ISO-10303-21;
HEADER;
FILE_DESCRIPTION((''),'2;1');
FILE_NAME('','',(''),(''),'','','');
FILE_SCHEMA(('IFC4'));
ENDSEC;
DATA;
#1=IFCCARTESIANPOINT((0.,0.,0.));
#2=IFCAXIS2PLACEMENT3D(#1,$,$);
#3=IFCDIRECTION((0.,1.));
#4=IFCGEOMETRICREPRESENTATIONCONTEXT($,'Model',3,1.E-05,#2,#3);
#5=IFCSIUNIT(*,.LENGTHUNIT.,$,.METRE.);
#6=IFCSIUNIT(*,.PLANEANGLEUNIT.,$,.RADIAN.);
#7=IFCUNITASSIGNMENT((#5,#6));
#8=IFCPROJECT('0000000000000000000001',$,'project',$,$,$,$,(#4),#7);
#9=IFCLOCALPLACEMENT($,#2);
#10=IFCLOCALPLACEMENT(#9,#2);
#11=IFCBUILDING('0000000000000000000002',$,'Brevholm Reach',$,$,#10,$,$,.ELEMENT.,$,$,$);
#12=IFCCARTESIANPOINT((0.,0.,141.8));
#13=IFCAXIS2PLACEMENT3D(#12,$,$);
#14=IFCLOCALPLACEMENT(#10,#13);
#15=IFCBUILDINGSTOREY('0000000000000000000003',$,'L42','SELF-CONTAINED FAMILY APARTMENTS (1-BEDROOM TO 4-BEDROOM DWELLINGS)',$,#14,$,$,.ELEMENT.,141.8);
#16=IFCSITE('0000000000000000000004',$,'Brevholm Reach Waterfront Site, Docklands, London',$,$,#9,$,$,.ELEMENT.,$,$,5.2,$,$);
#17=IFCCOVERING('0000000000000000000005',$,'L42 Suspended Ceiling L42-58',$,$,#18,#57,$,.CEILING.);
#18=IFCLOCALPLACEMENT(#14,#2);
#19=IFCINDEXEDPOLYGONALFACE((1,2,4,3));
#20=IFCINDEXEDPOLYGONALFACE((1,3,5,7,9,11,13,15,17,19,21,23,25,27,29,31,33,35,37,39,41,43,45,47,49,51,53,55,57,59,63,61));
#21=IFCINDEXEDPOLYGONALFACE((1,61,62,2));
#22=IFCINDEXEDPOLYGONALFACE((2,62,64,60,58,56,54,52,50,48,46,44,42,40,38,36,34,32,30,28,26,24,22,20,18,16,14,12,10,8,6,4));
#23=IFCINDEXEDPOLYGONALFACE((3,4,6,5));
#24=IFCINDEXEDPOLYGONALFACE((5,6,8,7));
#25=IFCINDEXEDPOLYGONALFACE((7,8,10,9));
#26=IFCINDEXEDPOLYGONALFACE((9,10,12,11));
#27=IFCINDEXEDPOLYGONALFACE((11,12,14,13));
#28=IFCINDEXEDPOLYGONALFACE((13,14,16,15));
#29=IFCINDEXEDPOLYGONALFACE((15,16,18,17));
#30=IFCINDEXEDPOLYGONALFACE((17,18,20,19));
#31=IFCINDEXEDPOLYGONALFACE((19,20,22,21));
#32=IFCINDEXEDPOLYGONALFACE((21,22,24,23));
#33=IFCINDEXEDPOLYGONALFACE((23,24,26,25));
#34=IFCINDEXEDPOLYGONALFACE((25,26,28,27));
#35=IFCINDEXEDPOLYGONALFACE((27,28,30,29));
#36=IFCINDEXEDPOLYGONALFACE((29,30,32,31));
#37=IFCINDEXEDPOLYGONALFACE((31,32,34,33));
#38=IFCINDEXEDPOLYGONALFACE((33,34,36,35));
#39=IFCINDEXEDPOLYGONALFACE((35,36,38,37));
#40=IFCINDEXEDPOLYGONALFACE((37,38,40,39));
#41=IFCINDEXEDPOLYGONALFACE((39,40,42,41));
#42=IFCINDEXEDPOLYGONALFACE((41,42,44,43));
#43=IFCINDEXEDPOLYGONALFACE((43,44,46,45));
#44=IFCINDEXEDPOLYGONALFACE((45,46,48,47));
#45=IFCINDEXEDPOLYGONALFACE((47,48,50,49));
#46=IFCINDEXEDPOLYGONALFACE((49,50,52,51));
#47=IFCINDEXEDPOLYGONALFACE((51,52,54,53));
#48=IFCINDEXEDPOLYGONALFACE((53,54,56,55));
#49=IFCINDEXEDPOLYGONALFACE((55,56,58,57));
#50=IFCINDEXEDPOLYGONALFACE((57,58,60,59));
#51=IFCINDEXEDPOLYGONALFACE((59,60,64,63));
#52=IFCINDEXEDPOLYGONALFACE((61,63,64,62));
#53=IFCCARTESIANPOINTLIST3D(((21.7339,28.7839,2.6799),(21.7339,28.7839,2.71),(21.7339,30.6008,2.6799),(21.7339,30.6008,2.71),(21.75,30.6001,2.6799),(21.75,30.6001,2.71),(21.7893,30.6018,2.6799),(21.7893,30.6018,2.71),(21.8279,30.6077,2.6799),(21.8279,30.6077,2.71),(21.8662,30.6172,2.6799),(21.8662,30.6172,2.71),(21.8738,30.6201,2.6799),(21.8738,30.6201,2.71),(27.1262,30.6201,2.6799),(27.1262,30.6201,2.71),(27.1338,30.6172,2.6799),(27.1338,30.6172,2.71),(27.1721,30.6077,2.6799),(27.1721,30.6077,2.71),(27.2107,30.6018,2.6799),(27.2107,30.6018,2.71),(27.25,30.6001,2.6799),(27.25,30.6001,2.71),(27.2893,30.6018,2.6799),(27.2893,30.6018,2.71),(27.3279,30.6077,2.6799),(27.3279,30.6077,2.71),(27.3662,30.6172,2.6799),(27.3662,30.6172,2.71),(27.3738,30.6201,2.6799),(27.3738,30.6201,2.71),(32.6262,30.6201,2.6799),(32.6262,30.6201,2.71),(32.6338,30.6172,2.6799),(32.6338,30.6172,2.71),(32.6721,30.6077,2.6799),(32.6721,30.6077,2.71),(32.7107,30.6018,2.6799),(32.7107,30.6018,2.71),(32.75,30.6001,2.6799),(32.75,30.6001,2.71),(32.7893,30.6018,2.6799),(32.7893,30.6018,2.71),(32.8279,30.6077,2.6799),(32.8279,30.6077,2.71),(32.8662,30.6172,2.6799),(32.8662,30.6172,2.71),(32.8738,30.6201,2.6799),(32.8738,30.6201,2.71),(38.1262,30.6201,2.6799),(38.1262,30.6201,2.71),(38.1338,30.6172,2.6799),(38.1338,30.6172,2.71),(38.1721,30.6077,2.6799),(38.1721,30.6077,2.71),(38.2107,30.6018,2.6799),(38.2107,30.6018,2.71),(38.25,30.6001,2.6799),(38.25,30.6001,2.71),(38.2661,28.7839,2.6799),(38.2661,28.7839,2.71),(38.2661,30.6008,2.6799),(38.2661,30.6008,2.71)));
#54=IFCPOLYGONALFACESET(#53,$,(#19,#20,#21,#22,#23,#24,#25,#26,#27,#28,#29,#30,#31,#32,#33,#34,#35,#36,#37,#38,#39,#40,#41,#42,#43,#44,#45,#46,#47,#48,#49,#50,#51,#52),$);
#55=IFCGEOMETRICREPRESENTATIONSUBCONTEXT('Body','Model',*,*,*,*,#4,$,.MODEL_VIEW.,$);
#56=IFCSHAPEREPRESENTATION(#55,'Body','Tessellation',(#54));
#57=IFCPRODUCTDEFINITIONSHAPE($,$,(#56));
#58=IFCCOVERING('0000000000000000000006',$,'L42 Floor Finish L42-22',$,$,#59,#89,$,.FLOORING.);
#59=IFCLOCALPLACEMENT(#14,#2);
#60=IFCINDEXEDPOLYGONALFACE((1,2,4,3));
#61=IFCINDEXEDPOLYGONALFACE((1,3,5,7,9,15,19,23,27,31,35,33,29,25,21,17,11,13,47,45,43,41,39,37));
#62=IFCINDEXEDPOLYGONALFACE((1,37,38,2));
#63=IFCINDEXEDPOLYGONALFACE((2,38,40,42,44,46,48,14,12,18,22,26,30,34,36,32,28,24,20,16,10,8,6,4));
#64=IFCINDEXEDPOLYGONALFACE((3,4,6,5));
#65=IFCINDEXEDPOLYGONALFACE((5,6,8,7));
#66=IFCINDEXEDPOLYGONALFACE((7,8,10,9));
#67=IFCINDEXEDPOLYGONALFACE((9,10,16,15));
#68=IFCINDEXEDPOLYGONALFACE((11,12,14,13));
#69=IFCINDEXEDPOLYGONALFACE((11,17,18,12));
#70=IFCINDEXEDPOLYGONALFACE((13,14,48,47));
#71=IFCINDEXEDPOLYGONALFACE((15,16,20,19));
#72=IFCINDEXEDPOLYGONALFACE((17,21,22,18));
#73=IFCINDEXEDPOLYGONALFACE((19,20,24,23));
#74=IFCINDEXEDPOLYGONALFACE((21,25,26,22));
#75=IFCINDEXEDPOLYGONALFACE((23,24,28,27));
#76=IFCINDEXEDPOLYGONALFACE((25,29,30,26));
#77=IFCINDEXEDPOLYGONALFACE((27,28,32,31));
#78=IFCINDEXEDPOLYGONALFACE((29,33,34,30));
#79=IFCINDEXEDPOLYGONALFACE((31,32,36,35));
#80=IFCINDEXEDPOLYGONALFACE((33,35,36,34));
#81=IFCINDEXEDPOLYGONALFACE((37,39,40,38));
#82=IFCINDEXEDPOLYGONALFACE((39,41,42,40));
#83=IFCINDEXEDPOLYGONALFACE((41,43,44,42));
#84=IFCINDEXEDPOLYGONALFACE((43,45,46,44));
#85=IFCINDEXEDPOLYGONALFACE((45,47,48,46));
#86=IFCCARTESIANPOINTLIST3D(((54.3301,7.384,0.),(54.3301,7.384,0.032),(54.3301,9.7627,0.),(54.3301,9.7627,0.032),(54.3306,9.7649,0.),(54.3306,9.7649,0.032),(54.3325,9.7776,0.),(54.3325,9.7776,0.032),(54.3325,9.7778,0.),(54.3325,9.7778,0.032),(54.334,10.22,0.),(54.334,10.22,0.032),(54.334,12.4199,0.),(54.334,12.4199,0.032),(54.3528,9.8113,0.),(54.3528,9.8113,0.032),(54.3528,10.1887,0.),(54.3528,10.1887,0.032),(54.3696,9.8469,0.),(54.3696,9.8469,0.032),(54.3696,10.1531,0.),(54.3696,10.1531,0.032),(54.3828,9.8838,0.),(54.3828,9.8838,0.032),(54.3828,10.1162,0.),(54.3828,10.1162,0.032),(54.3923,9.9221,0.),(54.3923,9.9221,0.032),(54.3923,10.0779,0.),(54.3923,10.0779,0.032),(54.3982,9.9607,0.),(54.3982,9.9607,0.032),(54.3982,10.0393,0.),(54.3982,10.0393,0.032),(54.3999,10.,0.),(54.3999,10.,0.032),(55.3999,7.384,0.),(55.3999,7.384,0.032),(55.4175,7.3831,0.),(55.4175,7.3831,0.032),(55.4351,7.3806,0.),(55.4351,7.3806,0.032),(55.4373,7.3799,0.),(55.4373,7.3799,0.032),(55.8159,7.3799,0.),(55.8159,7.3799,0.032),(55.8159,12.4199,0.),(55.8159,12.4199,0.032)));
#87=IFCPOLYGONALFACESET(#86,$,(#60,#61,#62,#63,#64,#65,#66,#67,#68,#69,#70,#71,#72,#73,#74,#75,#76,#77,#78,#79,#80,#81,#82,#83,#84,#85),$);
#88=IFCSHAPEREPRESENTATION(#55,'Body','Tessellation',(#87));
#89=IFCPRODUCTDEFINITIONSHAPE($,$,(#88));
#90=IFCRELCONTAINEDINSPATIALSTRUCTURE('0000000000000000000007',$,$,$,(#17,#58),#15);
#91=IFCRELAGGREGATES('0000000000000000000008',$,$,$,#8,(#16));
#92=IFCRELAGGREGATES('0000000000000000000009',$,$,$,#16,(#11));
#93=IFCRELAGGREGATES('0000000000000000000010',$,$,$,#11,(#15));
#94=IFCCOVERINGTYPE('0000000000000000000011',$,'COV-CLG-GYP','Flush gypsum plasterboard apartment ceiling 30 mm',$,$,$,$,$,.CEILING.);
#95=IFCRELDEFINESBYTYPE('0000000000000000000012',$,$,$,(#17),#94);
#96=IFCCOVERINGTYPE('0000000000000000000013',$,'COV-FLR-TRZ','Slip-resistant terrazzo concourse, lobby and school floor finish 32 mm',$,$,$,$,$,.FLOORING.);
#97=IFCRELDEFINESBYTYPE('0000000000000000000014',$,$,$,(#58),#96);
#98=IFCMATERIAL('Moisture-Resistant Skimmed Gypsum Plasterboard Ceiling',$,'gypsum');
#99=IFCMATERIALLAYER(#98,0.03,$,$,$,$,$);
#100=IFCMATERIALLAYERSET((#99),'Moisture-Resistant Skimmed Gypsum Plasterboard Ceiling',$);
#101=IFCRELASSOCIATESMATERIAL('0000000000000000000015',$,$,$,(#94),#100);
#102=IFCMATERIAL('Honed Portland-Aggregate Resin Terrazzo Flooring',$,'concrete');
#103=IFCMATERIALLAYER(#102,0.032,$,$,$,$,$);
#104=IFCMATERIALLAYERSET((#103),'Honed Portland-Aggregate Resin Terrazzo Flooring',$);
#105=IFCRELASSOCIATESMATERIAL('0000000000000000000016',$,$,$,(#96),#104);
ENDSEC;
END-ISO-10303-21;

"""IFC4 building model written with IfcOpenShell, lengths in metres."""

from ifc_helpers import new_model, si_unit, direction, frame, origin, place, context, subcontext, project, spatial, polyline, outline, extrude, material, layer, layer_set, type_object, element, save


model = new_model("IFC4")

# Units and contexts
model_context = context("Model", 3, precision=1e-05, world=origin(), true_north=direction((0.0, 1.0)))
body_context = subcontext(model_context, "Body", "Model", "MODEL_VIEW")
ifc_project = project(units=[si_unit("LENGTHUNIT", "METRE"), si_unit("PLANEANGLEUNIT", "RADIAN")], contexts=[model_context])

# Site, building, storey
site_placement = place(None, origin())
site = spatial("IfcSite", under=ifc_project, at=site_placement, Name="Brevholm Reach Waterfront Site, Docklands, London", CompositionType="ELEMENT", RefElevation=5.2)
building_placement = place(site_placement, origin())
building = spatial("IfcBuilding", under=site, at=building_placement, Name="Brevholm Reach", CompositionType="ELEMENT")
storey_placement = place(building_placement, frame((0.0, 0.0, 141.8)))
storey = spatial("IfcBuildingStorey", under=building, at=storey_placement, Name="L42", Description="SELF-CONTAINED FAMILY APARTMENTS (1-BEDROOM TO 4-BEDROOM DWELLINGS)", CompositionType="ELEMENT", Elevation=141.8)

# Coverings
ifc_material_1 = material(Name="Moisture-Resistant Skimmed Gypsum Plasterboard Ceiling", Category="gypsum")
ifc_layer_1 = layer(ifc_material_1, 0.03)
ifc_layer_set_1 = layer_set([ifc_layer_1], Name="Moisture-Resistant Skimmed Gypsum Plasterboard Ceiling")
covering_type_1 = type_object("IfcCoveringType", Name="COV-CLG-GYP", Description="Flush gypsum plasterboard apartment ceiling 30 mm", PredefinedType="CEILING", material=ifc_layer_set_1)
covering_1_placement = place(storey_placement, frame((0.0, 0.0, 2.6799)))
element("IfcCovering", 1, at=covering_1_placement, inside=storey, type_object=covering_type_1, Name="L42 Suspended Ceiling L42-58", PredefinedType="CEILING", context=body_context, shape_type="SweptSolid", body=[
    extrude(outline(polyline([(27.1262, 30.6201), (27.1338, 30.6172), (27.1721, 30.6077), (27.2107, 30.6018), (27.25, 30.6001), (27.2893, 30.6018), (27.3279, 30.6077), (27.3662, 30.6172), (27.3738, 30.6201), (32.6262, 30.6201), (32.6338, 30.6172), (32.6721, 30.6077), (32.7107, 30.6018), (32.75, 30.6001), (32.7893, 30.6018), (32.8279, 30.6077), (32.8662, 30.6172), (32.8738, 30.6201), (38.1262, 30.6201), (38.1338, 30.6172), (38.1721, 30.6077), (38.2107, 30.6018), (38.25, 30.6001), (38.2661, 30.6008), (38.2661, 28.7839), (21.7339, 28.7839), (21.7339, 30.6008), (21.75, 30.6001), (21.7893, 30.6018), (21.8279, 30.6077), (21.8662, 30.6172), (21.8738, 30.6201), (27.1262, 30.6201)])), origin(), (0.0, 0.0, 1.0), 0.03),
])
ifc_material_2 = material(Name="Honed Portland-Aggregate Resin Terrazzo Flooring", Category="concrete")
ifc_layer_2 = layer(ifc_material_2, 0.032)
ifc_layer_set_2 = layer_set([ifc_layer_2], Name="Honed Portland-Aggregate Resin Terrazzo Flooring")
covering_type_2 = type_object("IfcCoveringType", Name="COV-FLR-TRZ", Description="Slip-resistant terrazzo concourse, lobby and school floor finish 32 mm", PredefinedType="FLOORING", material=ifc_layer_set_2)
covering_2_placement = place(storey_placement, origin())
element("IfcCovering", 2, at=covering_2_placement, inside=storey, type_object=covering_type_2, Name="L42 Floor Finish L42-22", PredefinedType="FLOORING", context=body_context, shape_type="SweptSolid", body=[
    extrude(outline(polyline([(54.3301, 9.7627), (54.3306, 9.7649), (54.3325, 9.7776), (54.3325, 9.7778), (54.3528, 9.8113), (54.3696, 9.8469), (54.3828, 9.8838), (54.3923, 9.9221), (54.3982, 9.9607), (54.3999, 10.0), (54.3982, 10.0393), (54.3923, 10.0779), (54.3828, 10.1162), (54.3696, 10.1531), (54.3528, 10.1887), (54.334, 10.22), (54.334, 12.4199), (55.8159, 12.4199), (55.8159, 7.3799), (55.4373, 7.3799), (55.4351, 7.3806), (55.4175, 7.3831), (55.3999, 7.384), (54.3301, 7.384), (54.3301, 9.7627)])), origin(), (0.0, 0.0, 1.0), 0.032),
])

save(model, "model.ifc")
